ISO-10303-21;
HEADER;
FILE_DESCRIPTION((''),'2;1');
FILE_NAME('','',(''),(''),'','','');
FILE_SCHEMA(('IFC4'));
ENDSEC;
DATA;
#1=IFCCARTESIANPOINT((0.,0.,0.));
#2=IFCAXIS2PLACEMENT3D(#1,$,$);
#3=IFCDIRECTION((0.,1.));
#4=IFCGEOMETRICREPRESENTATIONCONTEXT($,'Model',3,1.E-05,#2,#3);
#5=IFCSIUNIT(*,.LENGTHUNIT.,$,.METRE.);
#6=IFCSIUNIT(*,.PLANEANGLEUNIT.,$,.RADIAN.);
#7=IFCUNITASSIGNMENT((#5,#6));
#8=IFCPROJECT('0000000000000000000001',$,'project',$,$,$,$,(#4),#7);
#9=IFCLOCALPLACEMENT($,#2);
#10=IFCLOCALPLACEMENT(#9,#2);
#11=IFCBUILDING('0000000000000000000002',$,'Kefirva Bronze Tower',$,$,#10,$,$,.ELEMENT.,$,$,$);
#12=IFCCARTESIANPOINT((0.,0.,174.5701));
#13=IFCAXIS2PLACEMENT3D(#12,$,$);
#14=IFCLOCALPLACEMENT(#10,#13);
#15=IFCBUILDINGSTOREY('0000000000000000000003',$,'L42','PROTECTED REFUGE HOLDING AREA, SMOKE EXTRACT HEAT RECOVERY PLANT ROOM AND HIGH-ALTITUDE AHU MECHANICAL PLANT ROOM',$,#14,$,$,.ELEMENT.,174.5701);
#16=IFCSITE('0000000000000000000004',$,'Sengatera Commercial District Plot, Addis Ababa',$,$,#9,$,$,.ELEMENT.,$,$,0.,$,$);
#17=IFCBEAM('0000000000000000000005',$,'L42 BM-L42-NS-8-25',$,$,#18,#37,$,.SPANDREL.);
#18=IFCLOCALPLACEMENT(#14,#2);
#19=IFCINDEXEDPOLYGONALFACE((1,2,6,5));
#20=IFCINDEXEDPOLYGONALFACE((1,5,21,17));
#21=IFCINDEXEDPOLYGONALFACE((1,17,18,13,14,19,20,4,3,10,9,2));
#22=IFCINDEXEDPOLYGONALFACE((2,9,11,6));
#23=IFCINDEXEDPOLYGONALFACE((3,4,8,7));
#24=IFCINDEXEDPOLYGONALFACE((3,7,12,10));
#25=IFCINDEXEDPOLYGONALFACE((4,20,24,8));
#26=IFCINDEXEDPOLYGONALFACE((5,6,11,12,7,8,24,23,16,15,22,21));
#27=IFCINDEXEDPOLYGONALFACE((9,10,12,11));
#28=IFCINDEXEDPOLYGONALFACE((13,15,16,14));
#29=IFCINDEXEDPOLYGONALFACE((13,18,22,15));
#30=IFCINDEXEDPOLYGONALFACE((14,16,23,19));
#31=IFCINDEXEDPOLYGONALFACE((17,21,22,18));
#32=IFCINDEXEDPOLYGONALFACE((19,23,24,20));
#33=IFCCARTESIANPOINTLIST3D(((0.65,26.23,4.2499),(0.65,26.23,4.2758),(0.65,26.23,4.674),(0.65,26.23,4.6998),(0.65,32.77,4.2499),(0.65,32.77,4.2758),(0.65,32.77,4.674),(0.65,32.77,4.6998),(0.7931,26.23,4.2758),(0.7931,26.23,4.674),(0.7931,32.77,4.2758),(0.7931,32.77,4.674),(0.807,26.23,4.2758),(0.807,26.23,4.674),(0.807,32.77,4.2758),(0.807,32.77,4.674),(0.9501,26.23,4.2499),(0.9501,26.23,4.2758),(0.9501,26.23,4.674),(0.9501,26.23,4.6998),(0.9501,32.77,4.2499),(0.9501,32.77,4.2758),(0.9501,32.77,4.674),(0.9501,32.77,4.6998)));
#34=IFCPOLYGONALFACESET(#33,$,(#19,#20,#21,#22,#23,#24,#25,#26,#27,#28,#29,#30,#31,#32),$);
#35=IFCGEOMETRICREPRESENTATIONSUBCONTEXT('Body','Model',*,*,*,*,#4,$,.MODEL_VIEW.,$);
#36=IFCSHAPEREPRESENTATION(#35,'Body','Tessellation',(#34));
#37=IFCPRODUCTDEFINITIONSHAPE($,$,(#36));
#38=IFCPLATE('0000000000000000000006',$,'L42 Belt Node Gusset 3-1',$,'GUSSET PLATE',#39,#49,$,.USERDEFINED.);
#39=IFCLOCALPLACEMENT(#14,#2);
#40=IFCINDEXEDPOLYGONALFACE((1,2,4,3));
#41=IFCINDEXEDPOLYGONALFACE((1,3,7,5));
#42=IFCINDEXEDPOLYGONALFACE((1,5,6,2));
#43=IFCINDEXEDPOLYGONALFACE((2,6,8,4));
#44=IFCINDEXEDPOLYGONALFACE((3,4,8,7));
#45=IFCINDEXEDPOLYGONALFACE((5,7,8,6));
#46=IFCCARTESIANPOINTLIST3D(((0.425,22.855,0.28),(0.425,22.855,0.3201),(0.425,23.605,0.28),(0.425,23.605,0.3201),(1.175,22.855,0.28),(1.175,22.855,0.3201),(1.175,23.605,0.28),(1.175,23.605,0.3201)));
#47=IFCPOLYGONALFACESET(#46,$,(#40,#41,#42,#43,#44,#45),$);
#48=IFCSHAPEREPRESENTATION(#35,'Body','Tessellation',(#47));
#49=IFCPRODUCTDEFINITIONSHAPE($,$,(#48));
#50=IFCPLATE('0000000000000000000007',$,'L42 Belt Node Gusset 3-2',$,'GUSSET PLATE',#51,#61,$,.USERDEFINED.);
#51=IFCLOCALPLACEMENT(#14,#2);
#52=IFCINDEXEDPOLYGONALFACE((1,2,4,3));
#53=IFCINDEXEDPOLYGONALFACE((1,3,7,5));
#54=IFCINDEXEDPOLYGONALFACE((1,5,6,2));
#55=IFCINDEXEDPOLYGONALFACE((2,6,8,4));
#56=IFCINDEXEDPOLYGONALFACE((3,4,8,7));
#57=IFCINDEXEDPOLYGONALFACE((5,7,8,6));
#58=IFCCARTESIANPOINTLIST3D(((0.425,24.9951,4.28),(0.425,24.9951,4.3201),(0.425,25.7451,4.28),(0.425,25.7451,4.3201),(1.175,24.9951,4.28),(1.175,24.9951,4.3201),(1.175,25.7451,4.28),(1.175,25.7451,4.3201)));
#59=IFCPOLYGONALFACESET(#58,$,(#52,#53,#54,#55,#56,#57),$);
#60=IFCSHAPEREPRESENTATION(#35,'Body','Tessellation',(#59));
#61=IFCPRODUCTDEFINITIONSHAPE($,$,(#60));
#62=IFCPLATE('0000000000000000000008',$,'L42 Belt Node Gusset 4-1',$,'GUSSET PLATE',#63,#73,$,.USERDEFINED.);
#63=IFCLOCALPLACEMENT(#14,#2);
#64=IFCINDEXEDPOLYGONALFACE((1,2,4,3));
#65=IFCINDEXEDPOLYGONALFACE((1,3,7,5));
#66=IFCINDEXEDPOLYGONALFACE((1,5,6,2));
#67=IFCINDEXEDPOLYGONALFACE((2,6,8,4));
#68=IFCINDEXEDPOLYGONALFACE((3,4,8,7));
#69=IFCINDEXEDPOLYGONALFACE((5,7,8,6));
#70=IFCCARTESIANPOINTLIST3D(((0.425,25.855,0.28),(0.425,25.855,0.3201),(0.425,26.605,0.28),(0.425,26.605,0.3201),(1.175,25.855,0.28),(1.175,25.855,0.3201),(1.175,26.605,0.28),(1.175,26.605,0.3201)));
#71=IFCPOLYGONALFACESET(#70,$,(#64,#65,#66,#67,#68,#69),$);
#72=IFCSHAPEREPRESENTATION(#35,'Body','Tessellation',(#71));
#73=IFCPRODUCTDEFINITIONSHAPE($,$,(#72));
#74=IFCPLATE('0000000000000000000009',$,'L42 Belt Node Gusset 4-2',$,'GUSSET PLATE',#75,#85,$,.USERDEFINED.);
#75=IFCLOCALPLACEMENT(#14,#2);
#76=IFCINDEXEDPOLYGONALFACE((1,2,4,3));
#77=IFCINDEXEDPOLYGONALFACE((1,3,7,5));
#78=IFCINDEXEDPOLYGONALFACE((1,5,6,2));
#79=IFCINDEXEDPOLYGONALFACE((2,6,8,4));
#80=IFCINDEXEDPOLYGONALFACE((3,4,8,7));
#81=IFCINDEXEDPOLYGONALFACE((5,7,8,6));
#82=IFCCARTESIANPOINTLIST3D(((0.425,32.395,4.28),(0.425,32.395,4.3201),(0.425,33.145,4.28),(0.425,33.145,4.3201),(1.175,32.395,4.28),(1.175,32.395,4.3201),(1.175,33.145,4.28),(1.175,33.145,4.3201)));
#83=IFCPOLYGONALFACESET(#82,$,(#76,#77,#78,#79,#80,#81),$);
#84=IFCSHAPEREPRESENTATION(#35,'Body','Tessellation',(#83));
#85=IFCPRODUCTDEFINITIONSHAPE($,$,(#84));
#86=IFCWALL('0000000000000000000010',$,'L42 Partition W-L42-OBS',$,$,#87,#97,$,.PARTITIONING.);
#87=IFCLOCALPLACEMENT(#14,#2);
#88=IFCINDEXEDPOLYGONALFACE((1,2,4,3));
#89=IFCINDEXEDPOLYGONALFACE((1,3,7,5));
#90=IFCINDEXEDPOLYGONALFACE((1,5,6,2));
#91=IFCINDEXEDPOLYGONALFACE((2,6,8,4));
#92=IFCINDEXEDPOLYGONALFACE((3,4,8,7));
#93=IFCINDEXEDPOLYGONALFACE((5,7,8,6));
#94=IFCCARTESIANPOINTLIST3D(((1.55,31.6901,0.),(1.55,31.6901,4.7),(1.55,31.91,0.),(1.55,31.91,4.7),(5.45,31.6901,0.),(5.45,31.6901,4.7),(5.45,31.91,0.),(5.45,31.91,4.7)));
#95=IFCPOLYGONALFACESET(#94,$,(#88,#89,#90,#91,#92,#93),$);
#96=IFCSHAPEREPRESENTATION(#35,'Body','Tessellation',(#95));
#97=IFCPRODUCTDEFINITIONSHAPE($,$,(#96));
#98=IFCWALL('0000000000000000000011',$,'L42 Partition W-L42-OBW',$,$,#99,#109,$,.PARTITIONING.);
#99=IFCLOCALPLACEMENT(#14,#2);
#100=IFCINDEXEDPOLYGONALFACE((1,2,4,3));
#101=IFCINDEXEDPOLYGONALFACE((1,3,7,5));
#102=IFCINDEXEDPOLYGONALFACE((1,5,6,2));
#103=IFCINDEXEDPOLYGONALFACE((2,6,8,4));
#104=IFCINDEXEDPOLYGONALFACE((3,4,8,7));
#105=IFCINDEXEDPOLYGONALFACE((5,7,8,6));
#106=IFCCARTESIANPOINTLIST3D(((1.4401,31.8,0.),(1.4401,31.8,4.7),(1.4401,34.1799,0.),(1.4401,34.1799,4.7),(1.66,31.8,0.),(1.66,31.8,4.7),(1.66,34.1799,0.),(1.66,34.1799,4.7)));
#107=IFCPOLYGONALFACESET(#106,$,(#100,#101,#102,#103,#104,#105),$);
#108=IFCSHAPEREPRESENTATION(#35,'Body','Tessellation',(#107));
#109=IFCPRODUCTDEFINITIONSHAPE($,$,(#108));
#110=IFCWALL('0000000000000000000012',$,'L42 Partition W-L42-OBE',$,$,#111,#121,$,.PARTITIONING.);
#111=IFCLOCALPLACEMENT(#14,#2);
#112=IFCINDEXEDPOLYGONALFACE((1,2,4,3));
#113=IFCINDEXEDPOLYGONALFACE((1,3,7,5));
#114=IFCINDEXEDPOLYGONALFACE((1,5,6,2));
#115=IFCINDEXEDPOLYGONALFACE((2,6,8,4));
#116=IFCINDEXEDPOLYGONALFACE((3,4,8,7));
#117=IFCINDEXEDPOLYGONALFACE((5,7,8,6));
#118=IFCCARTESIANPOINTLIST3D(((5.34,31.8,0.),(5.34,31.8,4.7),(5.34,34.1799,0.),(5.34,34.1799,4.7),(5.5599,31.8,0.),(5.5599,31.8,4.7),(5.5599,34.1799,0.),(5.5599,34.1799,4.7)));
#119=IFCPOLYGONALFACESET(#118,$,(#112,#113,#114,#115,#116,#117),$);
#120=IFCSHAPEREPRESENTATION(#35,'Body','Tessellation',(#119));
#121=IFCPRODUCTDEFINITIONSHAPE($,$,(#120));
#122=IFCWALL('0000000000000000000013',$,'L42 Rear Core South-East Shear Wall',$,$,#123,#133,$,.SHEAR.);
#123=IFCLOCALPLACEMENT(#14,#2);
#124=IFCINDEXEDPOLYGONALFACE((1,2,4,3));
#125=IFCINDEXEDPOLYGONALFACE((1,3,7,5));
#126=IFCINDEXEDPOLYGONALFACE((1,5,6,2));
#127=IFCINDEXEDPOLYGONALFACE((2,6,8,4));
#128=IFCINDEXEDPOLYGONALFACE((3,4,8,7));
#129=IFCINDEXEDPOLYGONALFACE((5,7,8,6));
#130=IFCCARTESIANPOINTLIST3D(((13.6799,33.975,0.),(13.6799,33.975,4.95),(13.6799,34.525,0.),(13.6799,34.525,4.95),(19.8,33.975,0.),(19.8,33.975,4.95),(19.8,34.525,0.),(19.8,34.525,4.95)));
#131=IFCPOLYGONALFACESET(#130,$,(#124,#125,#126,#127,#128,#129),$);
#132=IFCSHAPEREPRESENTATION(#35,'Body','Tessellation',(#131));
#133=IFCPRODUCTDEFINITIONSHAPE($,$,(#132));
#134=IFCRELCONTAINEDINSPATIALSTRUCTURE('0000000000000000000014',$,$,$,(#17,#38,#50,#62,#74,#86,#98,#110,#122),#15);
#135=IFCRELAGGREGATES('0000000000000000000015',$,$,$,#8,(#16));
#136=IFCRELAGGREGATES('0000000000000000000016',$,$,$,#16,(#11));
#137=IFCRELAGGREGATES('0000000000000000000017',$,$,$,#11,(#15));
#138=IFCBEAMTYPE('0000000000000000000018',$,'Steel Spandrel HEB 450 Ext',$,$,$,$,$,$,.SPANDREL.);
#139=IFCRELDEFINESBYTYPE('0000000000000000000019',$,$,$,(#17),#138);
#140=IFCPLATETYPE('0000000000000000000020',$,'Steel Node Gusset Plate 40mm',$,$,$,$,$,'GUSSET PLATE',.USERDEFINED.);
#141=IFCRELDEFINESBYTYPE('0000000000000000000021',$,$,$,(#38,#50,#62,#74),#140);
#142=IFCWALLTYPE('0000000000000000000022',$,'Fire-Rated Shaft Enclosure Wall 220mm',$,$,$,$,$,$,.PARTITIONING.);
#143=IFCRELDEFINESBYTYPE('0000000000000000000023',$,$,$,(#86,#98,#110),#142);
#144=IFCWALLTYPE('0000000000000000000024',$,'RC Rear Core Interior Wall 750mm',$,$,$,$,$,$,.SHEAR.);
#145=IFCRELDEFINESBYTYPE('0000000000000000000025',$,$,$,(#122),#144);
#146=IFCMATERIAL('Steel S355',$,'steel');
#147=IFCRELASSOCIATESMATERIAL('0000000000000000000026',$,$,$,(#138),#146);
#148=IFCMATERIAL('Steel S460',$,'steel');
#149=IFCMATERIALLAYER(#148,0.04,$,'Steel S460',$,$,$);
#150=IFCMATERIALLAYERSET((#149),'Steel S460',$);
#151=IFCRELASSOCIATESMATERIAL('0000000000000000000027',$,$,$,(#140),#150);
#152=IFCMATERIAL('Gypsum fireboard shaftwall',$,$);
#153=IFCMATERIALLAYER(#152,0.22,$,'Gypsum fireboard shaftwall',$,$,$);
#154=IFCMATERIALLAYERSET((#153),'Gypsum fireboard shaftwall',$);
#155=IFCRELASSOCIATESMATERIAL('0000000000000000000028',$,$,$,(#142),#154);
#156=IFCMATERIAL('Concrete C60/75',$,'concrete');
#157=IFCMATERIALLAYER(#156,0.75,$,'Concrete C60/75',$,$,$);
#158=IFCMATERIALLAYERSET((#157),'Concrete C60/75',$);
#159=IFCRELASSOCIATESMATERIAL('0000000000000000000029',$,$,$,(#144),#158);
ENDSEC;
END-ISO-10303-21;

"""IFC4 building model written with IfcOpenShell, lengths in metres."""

from ifc_helpers import new_model, si_unit, direction, frame, frame_2d, origin, origin_2d, place, context, subcontext, project, spatial, rectangle, i_section, extrude, material, layer, layer_set, material_profile, profile_set, type_object, element, save


model = new_model("IFC4")

# Units and contexts
model_context = context("Model", 3, precision=1e-05, world=origin(), true_north=direction((0.0, 1.0)))
body_context = subcontext(model_context, "Body", "Model", "MODEL_VIEW")
ifc_project = project(units=[si_unit("LENGTHUNIT", "METRE"), si_unit("PLANEANGLEUNIT", "RADIAN")], contexts=[model_context])

# Site, building, storey
site_placement = place(None, origin())
site = spatial("IfcSite", under=ifc_project, at=site_placement, Name="Sengatera Commercial District Plot, Addis Ababa", CompositionType="ELEMENT", RefElevation=0.0)
building_placement = place(site_placement, origin())
building = spatial("IfcBuilding", under=site, at=building_placement, Name="Kefirva Bronze Tower", CompositionType="ELEMENT")
storey_placement = place(building_placement, frame((0.0, 0.0, 174.5701)))
storey = spatial("IfcBuildingStorey", under=building, at=storey_placement, Name="L42", Description="PROTECTED REFUGE HOLDING AREA, SMOKE EXTRACT HEAT RECOVERY PLANT ROOM AND HIGH-ALTITUDE AHU MECHANICAL PLANT ROOM", CompositionType="ELEMENT", Elevation=174.5701)

# Shared definitions
ifc_material_1 = material(Name="Concrete C60/75", Category="concrete")

# Shared definitions
ifc_material_2 = material(Name="Steel S460", Category="steel")

# Beam
ifc_material_3 = material(Name="Steel S355", Category="steel")
ifc_material_profile_1 = material_profile(ifc_material_3, i_section(OverallWidth=0.3, OverallDepth=0.45, WebThickness=0.0139, FlangeThickness=0.0259, at=origin_2d()), Name="HEB 450")
ifc_profile_set_1 = profile_set([ifc_material_profile_1], Name="Steel S355")
beam_type_1 = type_object("IfcBeamType", Name="Steel Spandrel HEB 450 Ext", PredefinedType="SPANDREL", material=ifc_profile_set_1)
beam_1_placement = place(storey_placement, frame((0.8, 26.23, 4.4749), z_axis=(0.0, 1.0, 0.0), x_axis=(-1.0, 0.0, 0.0)))
element("IfcBeam", 1, at=beam_1_placement, inside=storey, type_object=beam_type_1, Name="L42 BM-L42-NS-8-25", PredefinedType="SPANDREL", context=body_context, shape_type="SweptSolid", body=[
    extrude(i_section(OverallWidth=0.3, OverallDepth=0.45, WebThickness=0.0139, FlangeThickness=0.0259, at=origin_2d()), origin(), (0.0, 0.0, 1.0), 6.54),
])

# Plates
ifc_layer_1 = layer(ifc_material_2, 0.04, Name="Steel S460")
ifc_layer_set_1 = layer_set([ifc_layer_1], Name="Steel S460")
plate_type = type_object("IfcPlateType", Name="Steel Node Gusset Plate 40mm", ElementType="GUSSET PLATE", PredefinedType="USERDEFINED", material=ifc_layer_set_1)
for number, where, z_axis, x_axis, name in (
    (2, (0.8, 23.23, 0.28), (0.0, 0.0, 1.0), (1.0, 0.0, 0.0), "L42 Belt Node Gusset 3-1"),
    (3, (0.8, 25.3701, 4.28), (0.0, 0.0, 1.0), (1.0, 0.0, 0.0), "L42 Belt Node Gusset 3-2"),
    (4, (0.8, 26.23, 0.28), (0.0, 0.0, 1.0), (1.0, 0.0, 0.0), "L42 Belt Node Gusset 4-1"),
    (5, (0.8, 32.77, 4.28), (0.0, 0.0, 1.0), (1.0, 0.0, 0.0), "L42 Belt Node Gusset 4-2"),
):
    element("IfcPlate", number, at=place(storey_placement, frame(where, z_axis=z_axis, x_axis=x_axis)), inside=storey, type_object=plate_type, Name=name, ObjectType="GUSSET PLATE", PredefinedType="USERDEFINED", context=body_context, shape_type="SweptSolid", body=[
        extrude(rectangle(XDim=0.75, YDim=0.75, at=origin_2d()), origin(), (0.0, 0.0, 1.0), 0.04),
    ])

# Walls
ifc_material_4 = material(Name="Gypsum fireboard shaftwall")
ifc_layer_2 = layer(ifc_material_4, 0.22, Name="Gypsum fireboard shaftwall")
ifc_layer_set_2 = layer_set([ifc_layer_2], Name="Gypsum fireboard shaftwall")
wall_type_1 = type_object("IfcWallType", Name="Fire-Rated Shaft Enclosure Wall 220mm", PredefinedType="PARTITIONING", material=ifc_layer_set_2)
wall_1_placement = place(storey_placement, frame((1.55, 31.8, 0.0), z_axis=(0.0, 0.0, 1.0), x_axis=(1.0, 0.0, 0.0)))
element("IfcWall", 6, at=wall_1_placement, inside=storey, type_object=wall_type_1, Name="L42 Partition W-L42-OBS", PredefinedType="PARTITIONING", context=body_context, shape_type="SweptSolid", body=[
    extrude(rectangle(XDim=3.8999, YDim=0.22, at=frame_2d((1.95, 0.0))), origin(), (0.0, 0.0, 1.0), 4.7),
])
for number, where, z_axis, x_axis, name in (
    (7, (1.55, 31.8, 0.0), (0.0, 0.0, 1.0), (0.0, 1.0, 0.0), "L42 Partition W-L42-OBW"),
    (8, (5.45, 31.8, 0.0), (0.0, 0.0, 1.0), (0.0, 1.0, 0.0), "L42 Partition W-L42-OBE"),
):
    element("IfcWall", number, at=place(storey_placement, frame(where, z_axis=z_axis, x_axis=x_axis)), inside=storey, type_object=wall_type_1, Name=name, PredefinedType="PARTITIONING", context=body_context, shape_type="SweptSolid", body=[
        extrude(rectangle(XDim=2.3799, YDim=0.22, at=frame_2d((1.1899, 0.0))), origin(), (0.0, 0.0, 1.0), 4.7),
    ])

# Shared definitions
ifc_layer_3 = layer(ifc_material_1, 0.75, Name="Concrete C60/75")
ifc_layer_set_3 = layer_set([ifc_layer_3], Name="Concrete C60/75")
wall_type_2 = type_object("IfcWallType", Name="RC Rear Core Interior Wall 750mm", PredefinedType="SHEAR", material=ifc_layer_set_3)

# Wall
wall_2_placement = place(storey_placement, frame((13.6799, 34.25, 0.0), z_axis=(0.0, 0.0, 1.0), x_axis=(1.0, 0.0, 0.0)))
element("IfcWall", 9, at=wall_2_placement, inside=storey, type_object=wall_type_2, Name="L42 Rear Core South-East Shear Wall", PredefinedType="SHEAR", context=body_context, shape_type="SweptSolid", body=[
    extrude(rectangle(XDim=6.1201, YDim=0.55, at=frame_2d((3.0601, 0.0))), origin(), (0.0, 0.0, 1.0), 4.95),
])

save(model, "model.ifc")
